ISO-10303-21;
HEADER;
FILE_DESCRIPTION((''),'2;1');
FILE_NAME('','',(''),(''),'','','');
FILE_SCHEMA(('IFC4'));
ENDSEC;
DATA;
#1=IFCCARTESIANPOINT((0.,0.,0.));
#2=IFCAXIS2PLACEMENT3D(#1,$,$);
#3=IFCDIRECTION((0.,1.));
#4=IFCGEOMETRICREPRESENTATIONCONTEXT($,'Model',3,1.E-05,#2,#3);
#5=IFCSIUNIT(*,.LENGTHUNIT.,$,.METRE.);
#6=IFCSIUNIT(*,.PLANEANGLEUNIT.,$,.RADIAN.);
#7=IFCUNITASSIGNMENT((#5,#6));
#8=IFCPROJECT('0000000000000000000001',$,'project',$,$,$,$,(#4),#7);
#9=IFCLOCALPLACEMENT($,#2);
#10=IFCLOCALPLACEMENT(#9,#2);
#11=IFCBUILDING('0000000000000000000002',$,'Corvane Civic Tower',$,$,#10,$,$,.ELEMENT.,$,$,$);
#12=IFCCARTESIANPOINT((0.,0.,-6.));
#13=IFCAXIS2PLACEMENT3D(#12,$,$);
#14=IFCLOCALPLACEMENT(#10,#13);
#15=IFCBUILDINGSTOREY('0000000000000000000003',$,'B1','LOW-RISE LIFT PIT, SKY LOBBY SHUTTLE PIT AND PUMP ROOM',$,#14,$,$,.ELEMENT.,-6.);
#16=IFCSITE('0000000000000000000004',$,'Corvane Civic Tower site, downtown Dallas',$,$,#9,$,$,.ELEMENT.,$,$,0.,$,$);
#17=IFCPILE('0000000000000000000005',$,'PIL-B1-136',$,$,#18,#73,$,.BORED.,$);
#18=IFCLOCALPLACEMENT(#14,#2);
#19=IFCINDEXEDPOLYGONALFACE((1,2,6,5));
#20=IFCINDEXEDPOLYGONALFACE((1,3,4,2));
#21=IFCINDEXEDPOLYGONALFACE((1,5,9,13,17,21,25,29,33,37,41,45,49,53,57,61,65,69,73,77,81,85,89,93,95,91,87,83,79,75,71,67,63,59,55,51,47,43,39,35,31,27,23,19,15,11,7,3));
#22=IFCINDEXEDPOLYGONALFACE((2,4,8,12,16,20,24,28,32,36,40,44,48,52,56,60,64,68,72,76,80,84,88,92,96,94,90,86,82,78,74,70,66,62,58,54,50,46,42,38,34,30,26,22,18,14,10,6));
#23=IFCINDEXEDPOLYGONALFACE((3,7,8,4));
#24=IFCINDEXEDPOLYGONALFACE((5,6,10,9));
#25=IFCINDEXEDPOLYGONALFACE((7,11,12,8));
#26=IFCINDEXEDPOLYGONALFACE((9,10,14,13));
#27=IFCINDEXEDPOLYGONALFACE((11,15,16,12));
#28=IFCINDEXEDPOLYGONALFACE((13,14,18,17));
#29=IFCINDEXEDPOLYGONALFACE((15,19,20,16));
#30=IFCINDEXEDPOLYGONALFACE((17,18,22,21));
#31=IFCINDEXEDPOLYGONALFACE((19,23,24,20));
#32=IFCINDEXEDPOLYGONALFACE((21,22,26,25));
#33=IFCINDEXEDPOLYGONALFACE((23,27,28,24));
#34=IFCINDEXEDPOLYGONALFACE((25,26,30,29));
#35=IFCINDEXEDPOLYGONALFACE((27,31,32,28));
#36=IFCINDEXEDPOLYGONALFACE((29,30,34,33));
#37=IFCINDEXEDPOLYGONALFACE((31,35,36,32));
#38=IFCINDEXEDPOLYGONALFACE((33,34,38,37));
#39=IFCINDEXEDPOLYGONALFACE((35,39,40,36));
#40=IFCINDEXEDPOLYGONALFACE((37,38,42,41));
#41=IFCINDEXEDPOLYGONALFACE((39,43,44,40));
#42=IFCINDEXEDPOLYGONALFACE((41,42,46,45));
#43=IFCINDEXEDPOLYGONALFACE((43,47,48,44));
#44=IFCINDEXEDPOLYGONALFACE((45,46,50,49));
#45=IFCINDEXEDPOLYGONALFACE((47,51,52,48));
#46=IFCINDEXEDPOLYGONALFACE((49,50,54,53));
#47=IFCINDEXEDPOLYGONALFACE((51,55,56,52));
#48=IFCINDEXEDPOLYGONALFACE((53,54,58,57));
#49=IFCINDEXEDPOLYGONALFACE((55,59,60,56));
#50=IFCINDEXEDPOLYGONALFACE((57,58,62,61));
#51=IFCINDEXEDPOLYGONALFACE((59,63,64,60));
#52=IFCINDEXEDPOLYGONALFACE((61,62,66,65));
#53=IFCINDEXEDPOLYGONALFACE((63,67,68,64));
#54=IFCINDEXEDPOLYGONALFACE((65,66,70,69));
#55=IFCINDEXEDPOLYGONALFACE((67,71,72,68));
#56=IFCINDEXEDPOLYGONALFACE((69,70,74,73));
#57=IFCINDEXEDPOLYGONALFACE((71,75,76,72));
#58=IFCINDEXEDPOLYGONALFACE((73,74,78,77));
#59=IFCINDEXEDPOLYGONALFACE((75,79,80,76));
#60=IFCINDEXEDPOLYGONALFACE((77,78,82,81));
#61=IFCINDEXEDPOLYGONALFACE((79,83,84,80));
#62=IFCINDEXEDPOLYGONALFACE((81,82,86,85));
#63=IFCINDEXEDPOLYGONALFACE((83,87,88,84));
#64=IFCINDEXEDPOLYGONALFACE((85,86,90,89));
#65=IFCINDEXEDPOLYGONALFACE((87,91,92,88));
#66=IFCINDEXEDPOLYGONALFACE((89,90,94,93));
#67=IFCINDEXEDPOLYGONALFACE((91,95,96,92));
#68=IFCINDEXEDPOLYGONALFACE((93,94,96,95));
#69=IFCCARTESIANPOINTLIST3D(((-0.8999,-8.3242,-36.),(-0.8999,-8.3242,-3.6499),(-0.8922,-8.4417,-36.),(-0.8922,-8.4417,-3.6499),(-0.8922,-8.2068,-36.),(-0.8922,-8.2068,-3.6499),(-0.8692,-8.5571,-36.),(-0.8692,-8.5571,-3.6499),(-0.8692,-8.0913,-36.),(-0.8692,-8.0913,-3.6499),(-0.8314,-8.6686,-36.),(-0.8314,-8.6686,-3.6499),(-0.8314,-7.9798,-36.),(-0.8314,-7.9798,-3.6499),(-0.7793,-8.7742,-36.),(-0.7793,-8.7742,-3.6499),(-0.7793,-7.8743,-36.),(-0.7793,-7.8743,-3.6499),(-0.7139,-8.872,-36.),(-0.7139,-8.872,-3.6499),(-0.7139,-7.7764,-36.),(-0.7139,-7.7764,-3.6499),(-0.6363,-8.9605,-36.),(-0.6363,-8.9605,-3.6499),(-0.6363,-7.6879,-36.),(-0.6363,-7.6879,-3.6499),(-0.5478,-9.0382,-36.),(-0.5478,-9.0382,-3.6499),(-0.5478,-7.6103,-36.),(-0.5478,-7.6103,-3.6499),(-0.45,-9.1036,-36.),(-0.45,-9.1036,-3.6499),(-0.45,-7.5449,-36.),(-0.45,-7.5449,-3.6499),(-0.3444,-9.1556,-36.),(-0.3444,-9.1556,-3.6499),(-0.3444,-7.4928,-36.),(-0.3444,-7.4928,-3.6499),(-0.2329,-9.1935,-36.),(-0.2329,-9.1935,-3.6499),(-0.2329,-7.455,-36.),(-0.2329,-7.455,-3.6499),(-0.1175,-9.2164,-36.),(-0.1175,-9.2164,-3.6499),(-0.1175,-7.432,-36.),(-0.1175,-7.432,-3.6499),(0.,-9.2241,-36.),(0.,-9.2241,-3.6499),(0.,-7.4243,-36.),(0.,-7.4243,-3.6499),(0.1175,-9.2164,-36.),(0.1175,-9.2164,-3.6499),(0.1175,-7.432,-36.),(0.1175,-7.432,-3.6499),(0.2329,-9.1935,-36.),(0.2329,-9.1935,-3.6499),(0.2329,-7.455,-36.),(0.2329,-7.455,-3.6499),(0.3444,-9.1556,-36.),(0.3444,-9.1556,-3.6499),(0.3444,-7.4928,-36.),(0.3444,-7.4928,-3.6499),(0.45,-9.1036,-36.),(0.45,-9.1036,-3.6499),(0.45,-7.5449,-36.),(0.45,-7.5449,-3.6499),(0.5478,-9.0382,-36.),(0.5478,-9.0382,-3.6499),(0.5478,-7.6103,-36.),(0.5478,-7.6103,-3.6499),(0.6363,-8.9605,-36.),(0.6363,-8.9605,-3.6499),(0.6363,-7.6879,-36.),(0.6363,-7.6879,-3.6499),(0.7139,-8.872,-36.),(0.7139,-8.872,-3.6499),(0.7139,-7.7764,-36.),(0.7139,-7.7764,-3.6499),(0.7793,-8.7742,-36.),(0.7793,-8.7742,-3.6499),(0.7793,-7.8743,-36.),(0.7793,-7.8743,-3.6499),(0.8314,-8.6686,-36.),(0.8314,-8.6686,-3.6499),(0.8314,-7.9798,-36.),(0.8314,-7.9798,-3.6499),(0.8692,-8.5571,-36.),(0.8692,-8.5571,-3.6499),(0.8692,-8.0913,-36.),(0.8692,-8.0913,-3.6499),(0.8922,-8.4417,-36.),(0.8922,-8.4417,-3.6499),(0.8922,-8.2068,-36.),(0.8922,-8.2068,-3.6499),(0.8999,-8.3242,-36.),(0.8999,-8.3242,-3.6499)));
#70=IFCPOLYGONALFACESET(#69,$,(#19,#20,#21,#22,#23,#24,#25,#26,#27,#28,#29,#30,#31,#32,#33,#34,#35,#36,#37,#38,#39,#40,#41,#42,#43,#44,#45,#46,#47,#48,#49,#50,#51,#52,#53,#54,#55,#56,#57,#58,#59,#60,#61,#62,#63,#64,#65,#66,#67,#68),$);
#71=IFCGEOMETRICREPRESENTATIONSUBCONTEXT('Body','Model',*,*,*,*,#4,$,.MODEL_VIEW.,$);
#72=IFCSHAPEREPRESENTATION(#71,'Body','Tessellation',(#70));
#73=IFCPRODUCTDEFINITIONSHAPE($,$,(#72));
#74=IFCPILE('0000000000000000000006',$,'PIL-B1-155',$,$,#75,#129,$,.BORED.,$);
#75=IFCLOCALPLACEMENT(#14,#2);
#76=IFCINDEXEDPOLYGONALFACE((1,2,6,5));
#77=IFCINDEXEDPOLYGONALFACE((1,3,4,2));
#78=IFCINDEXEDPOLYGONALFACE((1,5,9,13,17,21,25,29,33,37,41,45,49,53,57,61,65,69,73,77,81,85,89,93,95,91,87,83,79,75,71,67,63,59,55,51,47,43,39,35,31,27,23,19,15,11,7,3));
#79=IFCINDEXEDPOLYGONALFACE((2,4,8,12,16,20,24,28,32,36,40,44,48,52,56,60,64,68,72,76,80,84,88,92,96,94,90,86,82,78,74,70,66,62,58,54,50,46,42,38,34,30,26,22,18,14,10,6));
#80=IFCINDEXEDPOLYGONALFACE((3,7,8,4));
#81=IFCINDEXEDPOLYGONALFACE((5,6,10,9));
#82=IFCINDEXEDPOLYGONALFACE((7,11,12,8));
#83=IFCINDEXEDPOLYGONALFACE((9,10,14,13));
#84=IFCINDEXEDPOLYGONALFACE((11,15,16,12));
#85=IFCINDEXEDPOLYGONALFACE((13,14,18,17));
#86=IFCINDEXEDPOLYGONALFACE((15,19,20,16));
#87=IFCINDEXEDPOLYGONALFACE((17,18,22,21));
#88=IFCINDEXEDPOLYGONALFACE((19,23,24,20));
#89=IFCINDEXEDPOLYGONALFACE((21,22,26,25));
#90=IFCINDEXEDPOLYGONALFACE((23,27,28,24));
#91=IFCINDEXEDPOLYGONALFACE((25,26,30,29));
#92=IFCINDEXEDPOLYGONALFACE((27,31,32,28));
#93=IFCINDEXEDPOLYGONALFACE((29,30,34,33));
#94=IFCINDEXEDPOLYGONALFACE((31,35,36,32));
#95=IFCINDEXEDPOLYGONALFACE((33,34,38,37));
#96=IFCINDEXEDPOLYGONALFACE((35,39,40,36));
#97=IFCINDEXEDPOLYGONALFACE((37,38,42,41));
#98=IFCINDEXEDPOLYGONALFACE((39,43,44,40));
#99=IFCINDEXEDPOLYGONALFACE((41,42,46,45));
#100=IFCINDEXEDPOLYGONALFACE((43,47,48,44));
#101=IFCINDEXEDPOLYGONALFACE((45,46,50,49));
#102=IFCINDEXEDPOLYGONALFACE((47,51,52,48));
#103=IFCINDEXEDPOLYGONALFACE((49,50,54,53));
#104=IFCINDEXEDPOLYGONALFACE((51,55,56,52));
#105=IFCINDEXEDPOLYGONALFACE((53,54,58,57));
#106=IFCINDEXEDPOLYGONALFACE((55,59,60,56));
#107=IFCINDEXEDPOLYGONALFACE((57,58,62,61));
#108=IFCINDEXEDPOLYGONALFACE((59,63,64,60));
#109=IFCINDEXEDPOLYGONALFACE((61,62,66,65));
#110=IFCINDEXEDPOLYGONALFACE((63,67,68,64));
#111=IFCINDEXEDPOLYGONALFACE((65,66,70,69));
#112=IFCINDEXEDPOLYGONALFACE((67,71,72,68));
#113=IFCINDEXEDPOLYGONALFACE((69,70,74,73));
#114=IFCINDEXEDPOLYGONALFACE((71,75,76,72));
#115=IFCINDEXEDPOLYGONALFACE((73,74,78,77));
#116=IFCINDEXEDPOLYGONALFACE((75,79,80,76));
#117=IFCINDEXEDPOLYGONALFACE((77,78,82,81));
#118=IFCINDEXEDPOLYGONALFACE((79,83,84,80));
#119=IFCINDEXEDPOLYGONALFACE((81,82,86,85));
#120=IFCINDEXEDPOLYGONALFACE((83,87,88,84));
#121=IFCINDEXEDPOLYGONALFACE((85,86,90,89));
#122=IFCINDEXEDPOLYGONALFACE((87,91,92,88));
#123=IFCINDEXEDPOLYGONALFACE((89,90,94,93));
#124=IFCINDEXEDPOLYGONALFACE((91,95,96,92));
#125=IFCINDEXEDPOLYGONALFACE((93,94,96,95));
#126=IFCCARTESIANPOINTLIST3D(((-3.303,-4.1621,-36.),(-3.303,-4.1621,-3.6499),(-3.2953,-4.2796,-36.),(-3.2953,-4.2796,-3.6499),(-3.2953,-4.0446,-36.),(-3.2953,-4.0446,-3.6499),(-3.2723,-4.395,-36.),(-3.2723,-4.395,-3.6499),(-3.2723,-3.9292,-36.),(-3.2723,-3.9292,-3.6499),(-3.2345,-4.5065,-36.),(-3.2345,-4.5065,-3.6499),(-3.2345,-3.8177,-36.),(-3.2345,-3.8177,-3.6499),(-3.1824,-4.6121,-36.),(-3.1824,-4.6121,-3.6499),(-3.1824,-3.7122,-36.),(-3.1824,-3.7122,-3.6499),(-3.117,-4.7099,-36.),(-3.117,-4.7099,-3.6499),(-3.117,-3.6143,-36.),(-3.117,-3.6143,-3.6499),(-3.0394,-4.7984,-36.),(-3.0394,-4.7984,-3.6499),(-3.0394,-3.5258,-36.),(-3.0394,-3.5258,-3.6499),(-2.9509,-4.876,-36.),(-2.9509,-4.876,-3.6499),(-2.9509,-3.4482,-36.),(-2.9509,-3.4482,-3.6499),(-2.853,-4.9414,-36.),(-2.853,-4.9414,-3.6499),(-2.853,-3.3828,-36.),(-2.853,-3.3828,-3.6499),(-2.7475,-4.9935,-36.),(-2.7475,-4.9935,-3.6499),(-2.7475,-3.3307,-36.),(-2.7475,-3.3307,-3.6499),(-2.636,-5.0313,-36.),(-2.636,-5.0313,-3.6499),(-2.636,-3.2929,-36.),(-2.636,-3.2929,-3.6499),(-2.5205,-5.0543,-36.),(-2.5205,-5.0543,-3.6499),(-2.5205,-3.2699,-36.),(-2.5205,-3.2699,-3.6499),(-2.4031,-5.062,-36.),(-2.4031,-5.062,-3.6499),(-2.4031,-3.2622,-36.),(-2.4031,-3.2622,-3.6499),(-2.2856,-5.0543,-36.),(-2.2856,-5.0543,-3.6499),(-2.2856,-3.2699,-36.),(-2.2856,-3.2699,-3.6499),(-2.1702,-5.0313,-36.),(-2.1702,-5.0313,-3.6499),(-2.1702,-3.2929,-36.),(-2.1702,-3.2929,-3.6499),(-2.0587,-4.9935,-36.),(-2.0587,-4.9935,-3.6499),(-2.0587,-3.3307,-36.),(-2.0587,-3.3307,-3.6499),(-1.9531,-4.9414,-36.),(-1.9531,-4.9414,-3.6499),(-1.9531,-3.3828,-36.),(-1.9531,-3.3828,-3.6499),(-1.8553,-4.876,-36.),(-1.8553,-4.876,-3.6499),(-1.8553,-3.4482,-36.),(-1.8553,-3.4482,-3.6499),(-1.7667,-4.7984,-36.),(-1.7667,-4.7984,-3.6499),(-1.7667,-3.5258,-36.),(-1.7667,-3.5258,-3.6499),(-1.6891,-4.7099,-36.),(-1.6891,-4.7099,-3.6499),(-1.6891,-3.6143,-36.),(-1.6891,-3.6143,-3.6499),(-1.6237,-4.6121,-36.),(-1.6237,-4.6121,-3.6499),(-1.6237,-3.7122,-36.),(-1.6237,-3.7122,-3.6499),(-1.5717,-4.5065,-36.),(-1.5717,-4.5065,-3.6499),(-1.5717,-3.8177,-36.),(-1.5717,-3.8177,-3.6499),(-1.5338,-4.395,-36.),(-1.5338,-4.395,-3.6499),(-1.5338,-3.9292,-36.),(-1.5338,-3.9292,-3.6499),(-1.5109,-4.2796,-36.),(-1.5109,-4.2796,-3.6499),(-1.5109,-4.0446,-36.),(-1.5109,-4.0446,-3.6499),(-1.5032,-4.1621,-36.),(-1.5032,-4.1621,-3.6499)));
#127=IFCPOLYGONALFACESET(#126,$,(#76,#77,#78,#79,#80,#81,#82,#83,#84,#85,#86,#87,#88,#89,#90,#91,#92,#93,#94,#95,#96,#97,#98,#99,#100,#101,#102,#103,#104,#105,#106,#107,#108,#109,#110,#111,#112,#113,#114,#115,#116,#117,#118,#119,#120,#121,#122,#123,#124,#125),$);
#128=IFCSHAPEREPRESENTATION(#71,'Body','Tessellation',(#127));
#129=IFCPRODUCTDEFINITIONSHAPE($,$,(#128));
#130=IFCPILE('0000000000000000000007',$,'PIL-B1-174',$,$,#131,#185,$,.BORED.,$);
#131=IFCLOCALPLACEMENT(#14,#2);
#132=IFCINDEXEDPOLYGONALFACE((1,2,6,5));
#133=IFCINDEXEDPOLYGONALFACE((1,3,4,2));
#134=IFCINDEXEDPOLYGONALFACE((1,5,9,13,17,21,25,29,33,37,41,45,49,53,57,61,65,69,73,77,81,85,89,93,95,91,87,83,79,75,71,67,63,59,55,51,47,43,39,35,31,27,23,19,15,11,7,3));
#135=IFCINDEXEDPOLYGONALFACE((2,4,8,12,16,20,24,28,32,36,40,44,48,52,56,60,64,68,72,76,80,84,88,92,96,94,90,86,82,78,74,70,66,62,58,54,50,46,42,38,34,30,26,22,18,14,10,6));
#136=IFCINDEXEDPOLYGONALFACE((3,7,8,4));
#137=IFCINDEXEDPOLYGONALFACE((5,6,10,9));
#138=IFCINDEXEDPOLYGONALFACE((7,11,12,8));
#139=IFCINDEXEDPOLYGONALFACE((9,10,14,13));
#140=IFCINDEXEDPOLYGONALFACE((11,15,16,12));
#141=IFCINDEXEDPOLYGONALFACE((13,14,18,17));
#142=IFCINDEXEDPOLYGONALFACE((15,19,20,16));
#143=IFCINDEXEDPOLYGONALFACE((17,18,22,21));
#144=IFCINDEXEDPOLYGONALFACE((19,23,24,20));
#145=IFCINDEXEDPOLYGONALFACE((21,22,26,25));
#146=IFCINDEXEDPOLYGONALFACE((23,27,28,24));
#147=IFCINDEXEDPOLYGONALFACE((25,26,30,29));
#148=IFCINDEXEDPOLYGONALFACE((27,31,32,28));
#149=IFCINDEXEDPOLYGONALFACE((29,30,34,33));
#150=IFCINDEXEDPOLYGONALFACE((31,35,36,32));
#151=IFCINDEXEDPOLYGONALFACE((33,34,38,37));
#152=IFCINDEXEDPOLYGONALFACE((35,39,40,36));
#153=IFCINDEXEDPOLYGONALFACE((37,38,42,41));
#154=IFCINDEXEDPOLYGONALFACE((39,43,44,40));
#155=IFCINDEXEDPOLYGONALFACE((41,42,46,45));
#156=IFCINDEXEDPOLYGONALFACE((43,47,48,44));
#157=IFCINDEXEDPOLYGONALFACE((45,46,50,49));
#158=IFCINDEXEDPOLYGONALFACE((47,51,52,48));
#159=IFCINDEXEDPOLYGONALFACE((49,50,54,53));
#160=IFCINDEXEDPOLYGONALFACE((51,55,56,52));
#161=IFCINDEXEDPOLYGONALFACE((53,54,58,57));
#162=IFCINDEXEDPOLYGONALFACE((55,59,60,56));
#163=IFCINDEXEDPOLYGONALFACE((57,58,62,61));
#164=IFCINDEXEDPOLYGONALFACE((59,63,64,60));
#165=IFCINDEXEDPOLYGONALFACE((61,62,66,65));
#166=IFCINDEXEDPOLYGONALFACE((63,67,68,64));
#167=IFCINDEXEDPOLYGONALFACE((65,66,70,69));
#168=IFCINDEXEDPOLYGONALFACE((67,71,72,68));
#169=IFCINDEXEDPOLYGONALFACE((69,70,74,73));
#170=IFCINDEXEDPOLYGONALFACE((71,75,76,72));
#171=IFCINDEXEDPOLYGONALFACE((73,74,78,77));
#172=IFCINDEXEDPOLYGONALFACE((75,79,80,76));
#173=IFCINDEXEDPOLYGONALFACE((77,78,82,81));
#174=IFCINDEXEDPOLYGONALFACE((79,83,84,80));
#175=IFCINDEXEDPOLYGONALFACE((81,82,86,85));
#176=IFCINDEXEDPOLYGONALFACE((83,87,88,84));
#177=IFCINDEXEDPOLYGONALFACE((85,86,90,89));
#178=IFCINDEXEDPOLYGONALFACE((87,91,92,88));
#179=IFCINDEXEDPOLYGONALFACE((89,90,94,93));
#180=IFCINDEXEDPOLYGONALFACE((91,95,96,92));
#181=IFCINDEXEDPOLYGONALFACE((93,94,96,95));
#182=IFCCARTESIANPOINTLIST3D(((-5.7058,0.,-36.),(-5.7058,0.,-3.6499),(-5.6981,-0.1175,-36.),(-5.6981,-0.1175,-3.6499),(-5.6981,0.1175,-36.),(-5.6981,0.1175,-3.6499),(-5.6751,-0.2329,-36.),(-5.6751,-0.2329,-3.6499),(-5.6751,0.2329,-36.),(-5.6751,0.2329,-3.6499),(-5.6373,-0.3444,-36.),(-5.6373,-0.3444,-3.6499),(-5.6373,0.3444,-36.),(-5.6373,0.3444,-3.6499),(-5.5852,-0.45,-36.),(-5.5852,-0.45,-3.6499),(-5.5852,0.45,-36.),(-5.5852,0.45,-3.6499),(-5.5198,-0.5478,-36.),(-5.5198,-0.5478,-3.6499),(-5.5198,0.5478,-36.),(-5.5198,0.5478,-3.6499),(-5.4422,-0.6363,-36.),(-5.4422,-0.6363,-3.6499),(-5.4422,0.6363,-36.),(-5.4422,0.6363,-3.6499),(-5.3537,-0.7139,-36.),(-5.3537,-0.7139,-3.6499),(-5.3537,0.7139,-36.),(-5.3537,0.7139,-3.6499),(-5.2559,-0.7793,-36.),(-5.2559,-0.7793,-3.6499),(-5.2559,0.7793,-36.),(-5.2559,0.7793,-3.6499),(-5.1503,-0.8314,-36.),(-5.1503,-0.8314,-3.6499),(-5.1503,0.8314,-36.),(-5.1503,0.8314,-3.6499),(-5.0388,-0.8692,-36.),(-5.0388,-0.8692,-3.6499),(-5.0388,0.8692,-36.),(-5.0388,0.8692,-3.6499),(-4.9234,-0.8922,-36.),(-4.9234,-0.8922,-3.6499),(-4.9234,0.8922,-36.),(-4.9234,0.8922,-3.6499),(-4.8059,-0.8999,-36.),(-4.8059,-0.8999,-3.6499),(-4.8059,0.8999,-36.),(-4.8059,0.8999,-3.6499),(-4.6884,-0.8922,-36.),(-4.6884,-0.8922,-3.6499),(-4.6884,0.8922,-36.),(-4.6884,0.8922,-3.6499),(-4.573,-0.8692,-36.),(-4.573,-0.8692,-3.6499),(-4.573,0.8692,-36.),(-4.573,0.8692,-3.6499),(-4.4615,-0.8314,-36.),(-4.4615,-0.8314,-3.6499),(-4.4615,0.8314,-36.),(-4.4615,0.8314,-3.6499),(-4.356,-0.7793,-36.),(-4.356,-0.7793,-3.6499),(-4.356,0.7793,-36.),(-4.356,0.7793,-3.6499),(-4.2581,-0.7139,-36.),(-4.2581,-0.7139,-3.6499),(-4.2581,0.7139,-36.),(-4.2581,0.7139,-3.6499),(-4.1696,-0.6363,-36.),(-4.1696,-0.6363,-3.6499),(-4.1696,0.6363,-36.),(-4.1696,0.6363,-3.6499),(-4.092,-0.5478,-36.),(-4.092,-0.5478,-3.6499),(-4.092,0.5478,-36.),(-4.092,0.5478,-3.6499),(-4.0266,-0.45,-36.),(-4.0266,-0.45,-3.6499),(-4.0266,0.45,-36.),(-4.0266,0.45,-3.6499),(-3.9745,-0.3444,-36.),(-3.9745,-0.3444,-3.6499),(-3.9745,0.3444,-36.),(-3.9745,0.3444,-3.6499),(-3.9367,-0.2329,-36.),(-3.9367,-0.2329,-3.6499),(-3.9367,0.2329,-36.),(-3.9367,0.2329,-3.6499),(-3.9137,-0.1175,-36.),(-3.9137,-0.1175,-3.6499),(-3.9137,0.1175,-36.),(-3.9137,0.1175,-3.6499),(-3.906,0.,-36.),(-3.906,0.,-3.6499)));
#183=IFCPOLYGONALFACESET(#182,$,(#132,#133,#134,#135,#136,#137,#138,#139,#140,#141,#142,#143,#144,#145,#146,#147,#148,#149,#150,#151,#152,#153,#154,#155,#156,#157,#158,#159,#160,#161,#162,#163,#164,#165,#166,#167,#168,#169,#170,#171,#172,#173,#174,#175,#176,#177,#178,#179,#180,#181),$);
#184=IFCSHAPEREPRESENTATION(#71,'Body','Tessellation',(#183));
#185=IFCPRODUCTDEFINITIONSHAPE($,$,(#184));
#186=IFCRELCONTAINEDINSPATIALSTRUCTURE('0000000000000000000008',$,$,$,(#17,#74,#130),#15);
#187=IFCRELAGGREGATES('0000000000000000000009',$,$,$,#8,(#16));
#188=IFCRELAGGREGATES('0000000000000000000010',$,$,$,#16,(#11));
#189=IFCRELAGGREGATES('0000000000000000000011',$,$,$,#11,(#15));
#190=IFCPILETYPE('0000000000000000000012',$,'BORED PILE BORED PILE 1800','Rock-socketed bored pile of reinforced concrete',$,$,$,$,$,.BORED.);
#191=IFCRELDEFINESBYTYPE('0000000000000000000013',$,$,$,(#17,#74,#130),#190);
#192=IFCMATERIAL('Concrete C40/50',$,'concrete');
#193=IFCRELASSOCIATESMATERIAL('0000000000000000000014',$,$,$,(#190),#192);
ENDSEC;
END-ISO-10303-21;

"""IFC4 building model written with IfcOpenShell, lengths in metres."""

from ifc_helpers import new_model, si_unit, direction, frame, origin, origin_2d, place, context, subcontext, project, spatial, circle, extrude, material, material_profile, profile_set, type_object, element, save


model = new_model("IFC4")

# Units and contexts
model_context = context("Model", 3, precision=1e-05, world=origin(), true_north=direction((0.0, 1.0)))
body_context = subcontext(model_context, "Body", "Model", "MODEL_VIEW")
ifc_project = project(units=[si_unit("LENGTHUNIT", "METRE"), si_unit("PLANEANGLEUNIT", "RADIAN")], contexts=[model_context])

# Site, building, storey
site_placement = place(None, origin())
site = spatial("IfcSite", under=ifc_project, at=site_placement, Name="Corvane Civic Tower site, downtown Dallas", CompositionType="ELEMENT", RefElevation=0.0)
building_placement = place(site_placement, origin())
building = spatial("IfcBuilding", under=site, at=building_placement, Name="Corvane Civic Tower", CompositionType="ELEMENT")
storey_placement = place(building_placement, frame((0.0, 0.0, -6.0)))
storey = spatial("IfcBuildingStorey", under=building, at=storey_placement, Name="B1", Description="LOW-RISE LIFT PIT, SKY LOBBY SHUTTLE PIT AND PUMP ROOM", CompositionType="ELEMENT", Elevation=-6.0)

# Piles
ifc_material_1 = material(Name="Concrete C40/50", Category="concrete")
ifc_material_profile = material_profile(ifc_material_1, circle(Radius=0.8999, at=origin_2d()), Name="BORED PILE 1800")
ifc_profile_set = profile_set([ifc_material_profile], Name="Concrete C40/50")
pile_type = type_object("IfcPileType", Name="BORED PILE BORED PILE 1800", Description="Rock-socketed bored pile of reinforced concrete", PredefinedType="BORED", material=ifc_profile_set)
for number, where, z_axis, x_axis, name in (
    (1, (0.0, -8.3242, -3.6499), (0.0, 0.0, -1.0), (1.0, 0.0, 0.0), "PIL-B1-136"),
    (2, (-2.4031, -4.1621, -3.6499), (0.0, 0.0, -1.0), (1.0, 0.0, 0.0), "PIL-B1-155"),
    (3, (-4.8059, 0.0, -3.6499), (0.0, 0.0, -1.0), (1.0, 0.0, 0.0), "PIL-B1-174"),
):
    element("IfcPile", number, at=place(storey_placement, frame(where, z_axis=z_axis, x_axis=x_axis)), inside=storey, type_object=pile_type, Name=name, PredefinedType="BORED", context=body_context, shape_type="SweptSolid", body=[
        extrude(circle(Radius=0.8999, at=origin_2d()), origin(), (0.0, 0.0, 1.0), 32.3501),
    ])

save(model, "model.ifc")
